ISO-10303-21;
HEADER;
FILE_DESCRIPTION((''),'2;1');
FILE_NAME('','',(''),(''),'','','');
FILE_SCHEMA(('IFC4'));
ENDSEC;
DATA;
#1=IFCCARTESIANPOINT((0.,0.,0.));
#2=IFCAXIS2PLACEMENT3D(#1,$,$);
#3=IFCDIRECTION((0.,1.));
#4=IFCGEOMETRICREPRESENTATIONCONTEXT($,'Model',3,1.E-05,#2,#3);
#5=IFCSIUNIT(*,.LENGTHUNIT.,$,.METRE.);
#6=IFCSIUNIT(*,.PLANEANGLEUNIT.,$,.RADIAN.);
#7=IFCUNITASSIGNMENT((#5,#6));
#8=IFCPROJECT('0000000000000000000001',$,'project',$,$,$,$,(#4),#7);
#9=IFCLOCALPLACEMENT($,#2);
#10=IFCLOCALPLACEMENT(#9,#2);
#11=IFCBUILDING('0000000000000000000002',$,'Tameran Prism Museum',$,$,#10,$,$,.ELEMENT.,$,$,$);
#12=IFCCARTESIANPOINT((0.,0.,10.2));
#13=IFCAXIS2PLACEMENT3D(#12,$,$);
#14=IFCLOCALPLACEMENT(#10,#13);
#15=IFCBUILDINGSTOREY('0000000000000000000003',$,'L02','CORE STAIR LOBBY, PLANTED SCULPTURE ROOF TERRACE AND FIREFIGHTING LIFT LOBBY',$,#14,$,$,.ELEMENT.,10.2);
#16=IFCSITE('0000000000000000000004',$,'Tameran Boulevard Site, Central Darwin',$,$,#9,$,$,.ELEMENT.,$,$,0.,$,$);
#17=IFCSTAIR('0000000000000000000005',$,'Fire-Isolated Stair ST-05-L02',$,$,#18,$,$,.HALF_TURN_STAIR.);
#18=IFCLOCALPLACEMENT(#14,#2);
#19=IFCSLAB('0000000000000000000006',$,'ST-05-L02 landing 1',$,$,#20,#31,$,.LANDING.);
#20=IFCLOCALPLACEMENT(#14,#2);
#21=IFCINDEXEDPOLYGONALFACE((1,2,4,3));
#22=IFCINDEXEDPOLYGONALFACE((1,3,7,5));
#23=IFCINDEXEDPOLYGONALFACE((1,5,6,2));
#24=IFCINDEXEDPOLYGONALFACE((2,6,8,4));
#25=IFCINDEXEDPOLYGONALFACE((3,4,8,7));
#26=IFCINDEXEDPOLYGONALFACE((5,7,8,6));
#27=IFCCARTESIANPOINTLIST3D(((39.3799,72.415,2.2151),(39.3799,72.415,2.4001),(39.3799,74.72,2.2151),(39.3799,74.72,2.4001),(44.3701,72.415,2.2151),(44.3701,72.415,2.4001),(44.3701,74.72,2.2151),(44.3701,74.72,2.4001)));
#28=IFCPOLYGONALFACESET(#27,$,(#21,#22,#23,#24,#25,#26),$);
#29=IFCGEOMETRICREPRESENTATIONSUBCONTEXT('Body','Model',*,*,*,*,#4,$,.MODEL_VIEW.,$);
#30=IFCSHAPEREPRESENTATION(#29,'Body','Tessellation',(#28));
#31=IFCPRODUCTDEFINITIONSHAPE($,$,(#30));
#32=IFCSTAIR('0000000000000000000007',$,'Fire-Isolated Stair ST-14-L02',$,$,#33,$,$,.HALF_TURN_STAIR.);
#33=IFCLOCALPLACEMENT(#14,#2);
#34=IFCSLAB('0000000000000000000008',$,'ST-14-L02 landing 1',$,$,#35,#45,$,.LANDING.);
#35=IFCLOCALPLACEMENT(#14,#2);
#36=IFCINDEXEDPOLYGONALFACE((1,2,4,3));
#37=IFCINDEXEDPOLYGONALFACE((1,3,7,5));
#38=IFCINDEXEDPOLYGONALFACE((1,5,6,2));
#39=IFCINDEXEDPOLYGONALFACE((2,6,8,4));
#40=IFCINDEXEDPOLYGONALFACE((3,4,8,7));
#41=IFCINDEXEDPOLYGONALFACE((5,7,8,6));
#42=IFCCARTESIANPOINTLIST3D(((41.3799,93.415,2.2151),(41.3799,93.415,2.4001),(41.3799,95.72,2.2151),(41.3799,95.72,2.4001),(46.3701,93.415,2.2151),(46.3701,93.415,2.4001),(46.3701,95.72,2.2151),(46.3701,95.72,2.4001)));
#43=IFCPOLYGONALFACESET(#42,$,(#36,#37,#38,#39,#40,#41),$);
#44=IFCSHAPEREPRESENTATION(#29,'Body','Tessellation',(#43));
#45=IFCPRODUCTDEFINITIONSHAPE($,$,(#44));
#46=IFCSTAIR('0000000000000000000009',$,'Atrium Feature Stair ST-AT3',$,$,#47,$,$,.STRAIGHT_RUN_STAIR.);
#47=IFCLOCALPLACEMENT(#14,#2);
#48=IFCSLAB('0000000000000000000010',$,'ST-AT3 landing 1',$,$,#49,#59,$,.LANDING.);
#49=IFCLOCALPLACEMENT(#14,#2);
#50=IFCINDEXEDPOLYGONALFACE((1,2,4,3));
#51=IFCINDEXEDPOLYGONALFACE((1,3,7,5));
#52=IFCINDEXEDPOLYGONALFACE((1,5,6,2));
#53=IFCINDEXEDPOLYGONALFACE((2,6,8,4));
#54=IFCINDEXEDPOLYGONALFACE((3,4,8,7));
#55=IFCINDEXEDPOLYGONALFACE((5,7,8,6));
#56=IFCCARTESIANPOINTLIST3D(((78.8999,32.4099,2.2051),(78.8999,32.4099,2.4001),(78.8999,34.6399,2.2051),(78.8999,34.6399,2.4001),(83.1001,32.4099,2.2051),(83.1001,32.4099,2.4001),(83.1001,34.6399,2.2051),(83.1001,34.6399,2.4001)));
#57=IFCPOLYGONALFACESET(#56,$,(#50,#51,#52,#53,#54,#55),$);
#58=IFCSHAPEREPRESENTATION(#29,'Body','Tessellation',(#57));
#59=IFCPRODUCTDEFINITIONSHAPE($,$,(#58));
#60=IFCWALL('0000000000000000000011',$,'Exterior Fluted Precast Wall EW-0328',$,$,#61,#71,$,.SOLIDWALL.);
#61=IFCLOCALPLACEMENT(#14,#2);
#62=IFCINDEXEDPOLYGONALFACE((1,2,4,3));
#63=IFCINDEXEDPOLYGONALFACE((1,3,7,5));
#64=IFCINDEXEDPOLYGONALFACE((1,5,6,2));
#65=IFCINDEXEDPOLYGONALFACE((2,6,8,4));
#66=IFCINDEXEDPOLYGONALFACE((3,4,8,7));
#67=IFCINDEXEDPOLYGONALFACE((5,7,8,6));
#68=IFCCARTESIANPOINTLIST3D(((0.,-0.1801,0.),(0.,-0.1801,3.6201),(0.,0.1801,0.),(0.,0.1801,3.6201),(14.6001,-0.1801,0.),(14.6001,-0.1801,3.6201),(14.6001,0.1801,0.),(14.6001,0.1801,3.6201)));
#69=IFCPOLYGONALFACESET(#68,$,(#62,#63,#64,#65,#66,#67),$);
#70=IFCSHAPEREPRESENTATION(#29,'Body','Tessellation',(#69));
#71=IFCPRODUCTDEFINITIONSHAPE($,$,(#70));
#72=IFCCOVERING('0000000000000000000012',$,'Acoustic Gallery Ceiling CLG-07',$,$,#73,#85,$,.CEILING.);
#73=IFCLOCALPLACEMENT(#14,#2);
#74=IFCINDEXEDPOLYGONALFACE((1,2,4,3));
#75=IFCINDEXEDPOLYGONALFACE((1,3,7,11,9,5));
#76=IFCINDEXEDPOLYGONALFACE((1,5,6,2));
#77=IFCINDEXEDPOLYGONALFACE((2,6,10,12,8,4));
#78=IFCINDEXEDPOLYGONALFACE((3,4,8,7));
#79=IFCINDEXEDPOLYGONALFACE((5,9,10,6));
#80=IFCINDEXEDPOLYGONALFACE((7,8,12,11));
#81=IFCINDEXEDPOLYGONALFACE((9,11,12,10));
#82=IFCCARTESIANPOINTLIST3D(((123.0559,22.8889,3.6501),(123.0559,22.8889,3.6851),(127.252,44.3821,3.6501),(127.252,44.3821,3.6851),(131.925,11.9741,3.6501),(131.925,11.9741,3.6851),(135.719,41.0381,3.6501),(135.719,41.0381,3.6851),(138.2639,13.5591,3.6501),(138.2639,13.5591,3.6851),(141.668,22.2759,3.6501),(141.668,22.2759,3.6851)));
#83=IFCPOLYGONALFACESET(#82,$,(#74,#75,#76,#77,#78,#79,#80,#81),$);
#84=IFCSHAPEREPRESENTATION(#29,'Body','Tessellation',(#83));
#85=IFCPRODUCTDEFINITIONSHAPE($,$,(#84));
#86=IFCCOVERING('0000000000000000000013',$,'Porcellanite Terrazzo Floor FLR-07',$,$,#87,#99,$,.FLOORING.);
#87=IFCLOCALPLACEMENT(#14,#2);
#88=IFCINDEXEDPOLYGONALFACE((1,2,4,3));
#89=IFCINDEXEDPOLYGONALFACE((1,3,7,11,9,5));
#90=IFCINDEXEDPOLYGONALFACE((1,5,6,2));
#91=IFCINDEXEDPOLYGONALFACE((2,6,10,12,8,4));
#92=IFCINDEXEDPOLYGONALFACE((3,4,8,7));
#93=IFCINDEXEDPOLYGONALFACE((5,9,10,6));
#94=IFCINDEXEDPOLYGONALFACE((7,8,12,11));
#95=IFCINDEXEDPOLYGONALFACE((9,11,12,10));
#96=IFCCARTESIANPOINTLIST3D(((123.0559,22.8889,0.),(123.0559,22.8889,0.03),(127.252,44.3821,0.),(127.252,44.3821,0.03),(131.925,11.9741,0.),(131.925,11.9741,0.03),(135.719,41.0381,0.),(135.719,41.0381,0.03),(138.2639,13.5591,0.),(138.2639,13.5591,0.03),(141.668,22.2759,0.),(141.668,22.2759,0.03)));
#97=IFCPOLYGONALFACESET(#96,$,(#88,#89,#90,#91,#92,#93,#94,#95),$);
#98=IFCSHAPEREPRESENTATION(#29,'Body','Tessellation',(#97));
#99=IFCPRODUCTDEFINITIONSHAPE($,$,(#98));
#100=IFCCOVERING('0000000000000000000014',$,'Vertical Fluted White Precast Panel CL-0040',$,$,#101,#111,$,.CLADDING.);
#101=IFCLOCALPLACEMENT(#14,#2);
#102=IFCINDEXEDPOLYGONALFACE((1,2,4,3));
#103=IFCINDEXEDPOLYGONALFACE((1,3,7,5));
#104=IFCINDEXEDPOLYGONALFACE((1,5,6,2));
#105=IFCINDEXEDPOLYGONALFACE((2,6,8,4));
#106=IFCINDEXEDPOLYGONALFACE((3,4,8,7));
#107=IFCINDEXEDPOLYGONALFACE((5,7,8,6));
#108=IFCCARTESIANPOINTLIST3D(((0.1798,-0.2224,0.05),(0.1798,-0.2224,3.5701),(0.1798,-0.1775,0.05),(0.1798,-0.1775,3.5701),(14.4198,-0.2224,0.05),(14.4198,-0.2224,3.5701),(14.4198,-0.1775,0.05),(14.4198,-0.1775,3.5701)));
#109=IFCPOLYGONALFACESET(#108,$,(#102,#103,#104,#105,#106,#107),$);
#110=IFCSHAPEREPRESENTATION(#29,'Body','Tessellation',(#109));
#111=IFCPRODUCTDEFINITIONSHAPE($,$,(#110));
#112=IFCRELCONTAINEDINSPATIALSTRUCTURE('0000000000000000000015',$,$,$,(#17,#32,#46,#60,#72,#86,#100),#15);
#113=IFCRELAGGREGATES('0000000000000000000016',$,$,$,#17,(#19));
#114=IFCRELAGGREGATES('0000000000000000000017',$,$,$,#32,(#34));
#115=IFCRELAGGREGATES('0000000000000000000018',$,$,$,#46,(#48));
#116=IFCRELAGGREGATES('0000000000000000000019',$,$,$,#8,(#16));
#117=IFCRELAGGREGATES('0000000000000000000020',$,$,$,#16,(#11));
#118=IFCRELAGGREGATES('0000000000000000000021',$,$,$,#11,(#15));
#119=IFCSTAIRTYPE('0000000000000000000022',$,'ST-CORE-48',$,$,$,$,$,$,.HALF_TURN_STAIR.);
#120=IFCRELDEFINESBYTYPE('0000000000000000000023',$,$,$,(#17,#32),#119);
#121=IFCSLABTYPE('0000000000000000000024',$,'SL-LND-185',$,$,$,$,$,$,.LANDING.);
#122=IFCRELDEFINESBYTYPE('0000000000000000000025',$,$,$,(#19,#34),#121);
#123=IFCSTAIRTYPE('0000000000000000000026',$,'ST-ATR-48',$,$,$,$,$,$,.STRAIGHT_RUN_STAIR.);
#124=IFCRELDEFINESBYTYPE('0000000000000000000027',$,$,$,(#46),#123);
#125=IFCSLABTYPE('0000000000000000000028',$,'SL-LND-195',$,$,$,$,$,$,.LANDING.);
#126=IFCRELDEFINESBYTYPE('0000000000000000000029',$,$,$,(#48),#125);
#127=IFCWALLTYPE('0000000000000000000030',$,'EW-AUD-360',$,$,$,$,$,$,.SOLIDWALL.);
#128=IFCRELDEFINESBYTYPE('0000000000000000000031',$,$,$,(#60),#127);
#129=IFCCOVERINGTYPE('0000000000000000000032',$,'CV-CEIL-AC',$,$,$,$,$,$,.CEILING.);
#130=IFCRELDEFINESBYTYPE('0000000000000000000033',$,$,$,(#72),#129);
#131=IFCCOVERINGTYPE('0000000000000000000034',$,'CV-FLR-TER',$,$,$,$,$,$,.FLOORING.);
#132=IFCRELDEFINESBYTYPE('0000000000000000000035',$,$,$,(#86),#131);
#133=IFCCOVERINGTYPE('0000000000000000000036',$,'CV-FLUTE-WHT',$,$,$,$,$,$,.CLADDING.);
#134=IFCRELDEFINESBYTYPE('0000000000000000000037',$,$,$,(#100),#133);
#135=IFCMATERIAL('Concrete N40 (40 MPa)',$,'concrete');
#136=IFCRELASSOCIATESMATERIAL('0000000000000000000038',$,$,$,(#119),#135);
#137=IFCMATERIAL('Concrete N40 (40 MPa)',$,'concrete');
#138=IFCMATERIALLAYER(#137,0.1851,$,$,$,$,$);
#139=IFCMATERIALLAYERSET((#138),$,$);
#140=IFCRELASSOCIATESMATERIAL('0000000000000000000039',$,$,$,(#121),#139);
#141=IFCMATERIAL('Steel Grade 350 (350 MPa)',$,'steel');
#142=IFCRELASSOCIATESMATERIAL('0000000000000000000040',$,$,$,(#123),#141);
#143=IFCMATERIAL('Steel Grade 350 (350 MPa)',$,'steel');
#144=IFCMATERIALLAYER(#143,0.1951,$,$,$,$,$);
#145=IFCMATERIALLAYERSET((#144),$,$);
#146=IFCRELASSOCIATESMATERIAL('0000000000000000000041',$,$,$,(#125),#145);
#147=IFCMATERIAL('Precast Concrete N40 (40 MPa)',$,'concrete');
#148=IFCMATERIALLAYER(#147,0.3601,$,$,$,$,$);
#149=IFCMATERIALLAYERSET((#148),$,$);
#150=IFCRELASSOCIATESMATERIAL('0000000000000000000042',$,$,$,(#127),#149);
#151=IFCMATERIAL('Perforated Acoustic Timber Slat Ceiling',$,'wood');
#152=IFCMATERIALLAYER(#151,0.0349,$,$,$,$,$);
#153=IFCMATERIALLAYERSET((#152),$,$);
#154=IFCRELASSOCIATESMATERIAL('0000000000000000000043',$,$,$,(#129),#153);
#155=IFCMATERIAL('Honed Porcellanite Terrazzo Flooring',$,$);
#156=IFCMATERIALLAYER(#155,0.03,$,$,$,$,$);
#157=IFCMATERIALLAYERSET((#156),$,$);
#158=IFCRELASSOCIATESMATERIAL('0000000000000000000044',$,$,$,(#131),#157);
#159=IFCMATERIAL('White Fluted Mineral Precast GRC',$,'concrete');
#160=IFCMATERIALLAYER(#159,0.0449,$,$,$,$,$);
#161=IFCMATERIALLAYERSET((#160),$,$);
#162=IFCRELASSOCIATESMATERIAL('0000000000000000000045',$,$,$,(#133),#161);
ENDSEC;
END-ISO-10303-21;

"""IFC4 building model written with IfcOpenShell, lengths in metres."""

from ifc_helpers import new_model, si_unit, direction, frame, frame_2d, origin, place, context, subcontext, project, spatial, polyline, rectangle, outline, extrude, material, layer, layer_set, type_object, element, aggregate, save


model = new_model("IFC4")

# Units and contexts
model_context = context("Model", 3, precision=1e-05, world=origin(), true_north=direction((0.0, 1.0)))
body_context = subcontext(model_context, "Body", "Model", "MODEL_VIEW")
ifc_project = project(units=[si_unit("LENGTHUNIT", "METRE"), si_unit("PLANEANGLEUNIT", "RADIAN")], contexts=[model_context])

# Site, building, storey
site_placement = place(None, origin())
site = spatial("IfcSite", under=ifc_project, at=site_placement, Name="Tameran Boulevard Site, Central Darwin", CompositionType="ELEMENT", RefElevation=0.0)
building_placement = place(site_placement, origin())
building = spatial("IfcBuilding", under=site, at=building_placement, Name="Tameran Prism Museum", CompositionType="ELEMENT")
storey_placement = place(building_placement, frame((0.0, 0.0, 10.2)))
storey = spatial("IfcBuildingStorey", under=building, at=storey_placement, Name="L02", Description="CORE STAIR LOBBY, PLANTED SCULPTURE ROOF TERRACE AND FIREFIGHTING LIFT LOBBY", CompositionType="ELEMENT", Elevation=10.2)

# Stairs, slabs
ifc_material_1 = material(Name="Concrete N40 (40 MPa)", Category="concrete")
stair_type_1 = type_object("IfcStairType", Name="ST-CORE-48", PredefinedType="HALF_TURN_STAIR", material=ifc_material_1)
ifc_material_2 = material(Name="Concrete N40 (40 MPa)", Category="concrete")
ifc_layer_1 = layer(ifc_material_2, 0.1851)
ifc_layer_set_1 = layer_set([ifc_layer_1])
slab_type_1 = type_object("IfcSlabType", Name="SL-LND-185", PredefinedType="LANDING", material=ifc_layer_set_1)
stair_1_placement = place(storey_placement, origin())
stair_1 = element("IfcStair", 1, at=stair_1_placement, inside=storey, type_object=stair_type_1, Name="Fire-Isolated Stair ST-05-L02", PredefinedType="HALF_TURN_STAIR")
slab_1_placement = place(storey_placement, frame((0.0, 0.0, 2.2151)))
slab_1 = element("IfcSlab", 2, at=slab_1_placement, type_object=slab_type_1, Name="ST-05-L02 landing 1", PredefinedType="LANDING", context=body_context, shape_type="SweptSolid", body=[
    extrude(outline(polyline([(39.3799, 72.415), (44.3701, 72.415), (44.3701, 74.72), (39.3799, 74.72), (39.3799, 72.415)])), origin(), (0.0, 0.0, 1.0), 0.1851),
])
aggregate(stair_1, [slab_1])
stair_2_placement = place(storey_placement, origin())
stair_2 = element("IfcStair", 3, at=stair_2_placement, inside=storey, type_object=stair_type_1, Name="Fire-Isolated Stair ST-14-L02", PredefinedType="HALF_TURN_STAIR")
slab_2_placement = place(storey_placement, frame((0.0, 0.0, 2.2151)))
slab_2 = element("IfcSlab", 4, at=slab_2_placement, type_object=slab_type_1, Name="ST-14-L02 landing 1", PredefinedType="LANDING", context=body_context, shape_type="SweptSolid", body=[
    extrude(outline(polyline([(41.3799, 93.415), (46.3701, 93.415), (46.3701, 95.72), (41.3799, 95.72), (41.3799, 93.415)])), origin(), (0.0, 0.0, 1.0), 0.1851),
])
aggregate(stair_2, [slab_2])
ifc_material_3 = material(Name="Steel Grade 350 (350 MPa)", Category="steel")
stair_type_2 = type_object("IfcStairType", Name="ST-ATR-48", PredefinedType="STRAIGHT_RUN_STAIR", material=ifc_material_3)
stair_3_placement = place(storey_placement, origin())
stair_3 = element("IfcStair", 5, at=stair_3_placement, inside=storey, type_object=stair_type_2, Name="Atrium Feature Stair ST-AT3", PredefinedType="STRAIGHT_RUN_STAIR")
ifc_material_4 = material(Name="Steel Grade 350 (350 MPa)", Category="steel")
ifc_layer_2 = layer(ifc_material_4, 0.1951)
ifc_layer_set_2 = layer_set([ifc_layer_2])
slab_type_2 = type_object("IfcSlabType", Name="SL-LND-195", PredefinedType="LANDING", material=ifc_layer_set_2)
slab_3_placement = place(storey_placement, frame((0.0, 0.0, 2.2051)))
slab_3 = element("IfcSlab", 6, at=slab_3_placement, type_object=slab_type_2, Name="ST-AT3 landing 1", PredefinedType="LANDING", context=body_context, shape_type="SweptSolid", body=[
    extrude(outline(polyline([(78.8999, 32.4099), (83.1001, 32.4099), (83.1001, 34.6399), (78.8999, 34.6399), (78.8999, 32.4099)])), origin(), (0.0, 0.0, 1.0), 0.1951),
])
aggregate(stair_3, [slab_3])

# Wall
ifc_material_5 = material(Name="Precast Concrete N40 (40 MPa)", Category="concrete")
ifc_layer_3 = layer(ifc_material_5, 0.3601)
ifc_layer_set_3 = layer_set([ifc_layer_3])
wall_type = type_object("IfcWallType", Name="EW-AUD-360", PredefinedType="SOLIDWALL", material=ifc_layer_set_3)
wall_placement = place(storey_placement, frame((14.6001, 0.0, 0.0), z_axis=(0.0, 0.0, 1.0), x_axis=(-1.0, 0.0, 0.0)))
element("IfcWall", 7, at=wall_placement, inside=storey, type_object=wall_type, Name="Exterior Fluted Precast Wall EW-0328", PredefinedType="SOLIDWALL", context=body_context, shape_type="SweptSolid", body=[
    extrude(rectangle(XDim=14.6001, YDim=0.3601, at=frame_2d((7.3, 0.0))), origin(), (0.0, 0.0, 1.0), 3.6201),
])

# Coverings
ifc_material_6 = material(Name="Perforated Acoustic Timber Slat Ceiling", Category="wood")
ifc_layer_4 = layer(ifc_material_6, 0.0349)
ifc_layer_set_4 = layer_set([ifc_layer_4])
covering_type_1 = type_object("IfcCoveringType", Name="CV-CEIL-AC", PredefinedType="CEILING", material=ifc_layer_set_4)
covering_1_placement = place(storey_placement, frame((0.0, 0.0, 3.6501)))
element("IfcCovering", 8, at=covering_1_placement, inside=storey, type_object=covering_type_1, Name="Acoustic Gallery Ceiling CLG-07", PredefinedType="CEILING", context=body_context, shape_type="SweptSolid", body=[
    extrude(outline(polyline([(131.925, 11.9741), (123.0559, 22.8889), (127.252, 44.3821), (135.719, 41.0381), (141.668, 22.2759), (138.2639, 13.5591), (131.925, 11.9741)])), origin(), (0.0, 0.0, 1.0), 0.0349),
])
ifc_material_7 = material(Name="Honed Porcellanite Terrazzo Flooring")
ifc_layer_5 = layer(ifc_material_7, 0.03)
ifc_layer_set_5 = layer_set([ifc_layer_5])
covering_type_2 = type_object("IfcCoveringType", Name="CV-FLR-TER", PredefinedType="FLOORING", material=ifc_layer_set_5)
covering_2_placement = place(storey_placement, origin())
element("IfcCovering", 9, at=covering_2_placement, inside=storey, type_object=covering_type_2, Name="Porcellanite Terrazzo Floor FLR-07", PredefinedType="FLOORING", context=body_context, shape_type="SweptSolid", body=[
    extrude(outline(polyline([(131.925, 11.9741), (123.0559, 22.8889), (127.252, 44.3821), (135.719, 41.0381), (141.668, 22.2759), (138.2639, 13.5591), (131.925, 11.9741)])), origin(), (0.0, 0.0, 1.0), 0.03),
])
ifc_material_8 = material(Name="White Fluted Mineral Precast GRC", Category="concrete")
ifc_layer_6 = layer(ifc_material_8, 0.0449)
ifc_layer_set_6 = layer_set([ifc_layer_6])
covering_type_3 = type_object("IfcCoveringType", Name="CV-FLUTE-WHT", PredefinedType="CLADDING", material=ifc_layer_set_6)
covering_3_placement = place(storey_placement, frame((14.4199, -0.2, 0.05), z_axis=(0.0, 0.0, 1.0), x_axis=(-1.0, 0.0, 0.0)))
element("IfcCovering", 10, at=covering_3_placement, inside=storey, type_object=covering_type_3, Name="Vertical Fluted White Precast Panel CL-0040", PredefinedType="CLADDING", context=body_context, shape_type="SweptSolid", body=[
    extrude(rectangle(XDim=14.24, YDim=0.0449, at=frame_2d((7.1201, 0.0))), origin(), (0.0, 0.0, 1.0), 3.52),
])

save(model, "model.ifc")
